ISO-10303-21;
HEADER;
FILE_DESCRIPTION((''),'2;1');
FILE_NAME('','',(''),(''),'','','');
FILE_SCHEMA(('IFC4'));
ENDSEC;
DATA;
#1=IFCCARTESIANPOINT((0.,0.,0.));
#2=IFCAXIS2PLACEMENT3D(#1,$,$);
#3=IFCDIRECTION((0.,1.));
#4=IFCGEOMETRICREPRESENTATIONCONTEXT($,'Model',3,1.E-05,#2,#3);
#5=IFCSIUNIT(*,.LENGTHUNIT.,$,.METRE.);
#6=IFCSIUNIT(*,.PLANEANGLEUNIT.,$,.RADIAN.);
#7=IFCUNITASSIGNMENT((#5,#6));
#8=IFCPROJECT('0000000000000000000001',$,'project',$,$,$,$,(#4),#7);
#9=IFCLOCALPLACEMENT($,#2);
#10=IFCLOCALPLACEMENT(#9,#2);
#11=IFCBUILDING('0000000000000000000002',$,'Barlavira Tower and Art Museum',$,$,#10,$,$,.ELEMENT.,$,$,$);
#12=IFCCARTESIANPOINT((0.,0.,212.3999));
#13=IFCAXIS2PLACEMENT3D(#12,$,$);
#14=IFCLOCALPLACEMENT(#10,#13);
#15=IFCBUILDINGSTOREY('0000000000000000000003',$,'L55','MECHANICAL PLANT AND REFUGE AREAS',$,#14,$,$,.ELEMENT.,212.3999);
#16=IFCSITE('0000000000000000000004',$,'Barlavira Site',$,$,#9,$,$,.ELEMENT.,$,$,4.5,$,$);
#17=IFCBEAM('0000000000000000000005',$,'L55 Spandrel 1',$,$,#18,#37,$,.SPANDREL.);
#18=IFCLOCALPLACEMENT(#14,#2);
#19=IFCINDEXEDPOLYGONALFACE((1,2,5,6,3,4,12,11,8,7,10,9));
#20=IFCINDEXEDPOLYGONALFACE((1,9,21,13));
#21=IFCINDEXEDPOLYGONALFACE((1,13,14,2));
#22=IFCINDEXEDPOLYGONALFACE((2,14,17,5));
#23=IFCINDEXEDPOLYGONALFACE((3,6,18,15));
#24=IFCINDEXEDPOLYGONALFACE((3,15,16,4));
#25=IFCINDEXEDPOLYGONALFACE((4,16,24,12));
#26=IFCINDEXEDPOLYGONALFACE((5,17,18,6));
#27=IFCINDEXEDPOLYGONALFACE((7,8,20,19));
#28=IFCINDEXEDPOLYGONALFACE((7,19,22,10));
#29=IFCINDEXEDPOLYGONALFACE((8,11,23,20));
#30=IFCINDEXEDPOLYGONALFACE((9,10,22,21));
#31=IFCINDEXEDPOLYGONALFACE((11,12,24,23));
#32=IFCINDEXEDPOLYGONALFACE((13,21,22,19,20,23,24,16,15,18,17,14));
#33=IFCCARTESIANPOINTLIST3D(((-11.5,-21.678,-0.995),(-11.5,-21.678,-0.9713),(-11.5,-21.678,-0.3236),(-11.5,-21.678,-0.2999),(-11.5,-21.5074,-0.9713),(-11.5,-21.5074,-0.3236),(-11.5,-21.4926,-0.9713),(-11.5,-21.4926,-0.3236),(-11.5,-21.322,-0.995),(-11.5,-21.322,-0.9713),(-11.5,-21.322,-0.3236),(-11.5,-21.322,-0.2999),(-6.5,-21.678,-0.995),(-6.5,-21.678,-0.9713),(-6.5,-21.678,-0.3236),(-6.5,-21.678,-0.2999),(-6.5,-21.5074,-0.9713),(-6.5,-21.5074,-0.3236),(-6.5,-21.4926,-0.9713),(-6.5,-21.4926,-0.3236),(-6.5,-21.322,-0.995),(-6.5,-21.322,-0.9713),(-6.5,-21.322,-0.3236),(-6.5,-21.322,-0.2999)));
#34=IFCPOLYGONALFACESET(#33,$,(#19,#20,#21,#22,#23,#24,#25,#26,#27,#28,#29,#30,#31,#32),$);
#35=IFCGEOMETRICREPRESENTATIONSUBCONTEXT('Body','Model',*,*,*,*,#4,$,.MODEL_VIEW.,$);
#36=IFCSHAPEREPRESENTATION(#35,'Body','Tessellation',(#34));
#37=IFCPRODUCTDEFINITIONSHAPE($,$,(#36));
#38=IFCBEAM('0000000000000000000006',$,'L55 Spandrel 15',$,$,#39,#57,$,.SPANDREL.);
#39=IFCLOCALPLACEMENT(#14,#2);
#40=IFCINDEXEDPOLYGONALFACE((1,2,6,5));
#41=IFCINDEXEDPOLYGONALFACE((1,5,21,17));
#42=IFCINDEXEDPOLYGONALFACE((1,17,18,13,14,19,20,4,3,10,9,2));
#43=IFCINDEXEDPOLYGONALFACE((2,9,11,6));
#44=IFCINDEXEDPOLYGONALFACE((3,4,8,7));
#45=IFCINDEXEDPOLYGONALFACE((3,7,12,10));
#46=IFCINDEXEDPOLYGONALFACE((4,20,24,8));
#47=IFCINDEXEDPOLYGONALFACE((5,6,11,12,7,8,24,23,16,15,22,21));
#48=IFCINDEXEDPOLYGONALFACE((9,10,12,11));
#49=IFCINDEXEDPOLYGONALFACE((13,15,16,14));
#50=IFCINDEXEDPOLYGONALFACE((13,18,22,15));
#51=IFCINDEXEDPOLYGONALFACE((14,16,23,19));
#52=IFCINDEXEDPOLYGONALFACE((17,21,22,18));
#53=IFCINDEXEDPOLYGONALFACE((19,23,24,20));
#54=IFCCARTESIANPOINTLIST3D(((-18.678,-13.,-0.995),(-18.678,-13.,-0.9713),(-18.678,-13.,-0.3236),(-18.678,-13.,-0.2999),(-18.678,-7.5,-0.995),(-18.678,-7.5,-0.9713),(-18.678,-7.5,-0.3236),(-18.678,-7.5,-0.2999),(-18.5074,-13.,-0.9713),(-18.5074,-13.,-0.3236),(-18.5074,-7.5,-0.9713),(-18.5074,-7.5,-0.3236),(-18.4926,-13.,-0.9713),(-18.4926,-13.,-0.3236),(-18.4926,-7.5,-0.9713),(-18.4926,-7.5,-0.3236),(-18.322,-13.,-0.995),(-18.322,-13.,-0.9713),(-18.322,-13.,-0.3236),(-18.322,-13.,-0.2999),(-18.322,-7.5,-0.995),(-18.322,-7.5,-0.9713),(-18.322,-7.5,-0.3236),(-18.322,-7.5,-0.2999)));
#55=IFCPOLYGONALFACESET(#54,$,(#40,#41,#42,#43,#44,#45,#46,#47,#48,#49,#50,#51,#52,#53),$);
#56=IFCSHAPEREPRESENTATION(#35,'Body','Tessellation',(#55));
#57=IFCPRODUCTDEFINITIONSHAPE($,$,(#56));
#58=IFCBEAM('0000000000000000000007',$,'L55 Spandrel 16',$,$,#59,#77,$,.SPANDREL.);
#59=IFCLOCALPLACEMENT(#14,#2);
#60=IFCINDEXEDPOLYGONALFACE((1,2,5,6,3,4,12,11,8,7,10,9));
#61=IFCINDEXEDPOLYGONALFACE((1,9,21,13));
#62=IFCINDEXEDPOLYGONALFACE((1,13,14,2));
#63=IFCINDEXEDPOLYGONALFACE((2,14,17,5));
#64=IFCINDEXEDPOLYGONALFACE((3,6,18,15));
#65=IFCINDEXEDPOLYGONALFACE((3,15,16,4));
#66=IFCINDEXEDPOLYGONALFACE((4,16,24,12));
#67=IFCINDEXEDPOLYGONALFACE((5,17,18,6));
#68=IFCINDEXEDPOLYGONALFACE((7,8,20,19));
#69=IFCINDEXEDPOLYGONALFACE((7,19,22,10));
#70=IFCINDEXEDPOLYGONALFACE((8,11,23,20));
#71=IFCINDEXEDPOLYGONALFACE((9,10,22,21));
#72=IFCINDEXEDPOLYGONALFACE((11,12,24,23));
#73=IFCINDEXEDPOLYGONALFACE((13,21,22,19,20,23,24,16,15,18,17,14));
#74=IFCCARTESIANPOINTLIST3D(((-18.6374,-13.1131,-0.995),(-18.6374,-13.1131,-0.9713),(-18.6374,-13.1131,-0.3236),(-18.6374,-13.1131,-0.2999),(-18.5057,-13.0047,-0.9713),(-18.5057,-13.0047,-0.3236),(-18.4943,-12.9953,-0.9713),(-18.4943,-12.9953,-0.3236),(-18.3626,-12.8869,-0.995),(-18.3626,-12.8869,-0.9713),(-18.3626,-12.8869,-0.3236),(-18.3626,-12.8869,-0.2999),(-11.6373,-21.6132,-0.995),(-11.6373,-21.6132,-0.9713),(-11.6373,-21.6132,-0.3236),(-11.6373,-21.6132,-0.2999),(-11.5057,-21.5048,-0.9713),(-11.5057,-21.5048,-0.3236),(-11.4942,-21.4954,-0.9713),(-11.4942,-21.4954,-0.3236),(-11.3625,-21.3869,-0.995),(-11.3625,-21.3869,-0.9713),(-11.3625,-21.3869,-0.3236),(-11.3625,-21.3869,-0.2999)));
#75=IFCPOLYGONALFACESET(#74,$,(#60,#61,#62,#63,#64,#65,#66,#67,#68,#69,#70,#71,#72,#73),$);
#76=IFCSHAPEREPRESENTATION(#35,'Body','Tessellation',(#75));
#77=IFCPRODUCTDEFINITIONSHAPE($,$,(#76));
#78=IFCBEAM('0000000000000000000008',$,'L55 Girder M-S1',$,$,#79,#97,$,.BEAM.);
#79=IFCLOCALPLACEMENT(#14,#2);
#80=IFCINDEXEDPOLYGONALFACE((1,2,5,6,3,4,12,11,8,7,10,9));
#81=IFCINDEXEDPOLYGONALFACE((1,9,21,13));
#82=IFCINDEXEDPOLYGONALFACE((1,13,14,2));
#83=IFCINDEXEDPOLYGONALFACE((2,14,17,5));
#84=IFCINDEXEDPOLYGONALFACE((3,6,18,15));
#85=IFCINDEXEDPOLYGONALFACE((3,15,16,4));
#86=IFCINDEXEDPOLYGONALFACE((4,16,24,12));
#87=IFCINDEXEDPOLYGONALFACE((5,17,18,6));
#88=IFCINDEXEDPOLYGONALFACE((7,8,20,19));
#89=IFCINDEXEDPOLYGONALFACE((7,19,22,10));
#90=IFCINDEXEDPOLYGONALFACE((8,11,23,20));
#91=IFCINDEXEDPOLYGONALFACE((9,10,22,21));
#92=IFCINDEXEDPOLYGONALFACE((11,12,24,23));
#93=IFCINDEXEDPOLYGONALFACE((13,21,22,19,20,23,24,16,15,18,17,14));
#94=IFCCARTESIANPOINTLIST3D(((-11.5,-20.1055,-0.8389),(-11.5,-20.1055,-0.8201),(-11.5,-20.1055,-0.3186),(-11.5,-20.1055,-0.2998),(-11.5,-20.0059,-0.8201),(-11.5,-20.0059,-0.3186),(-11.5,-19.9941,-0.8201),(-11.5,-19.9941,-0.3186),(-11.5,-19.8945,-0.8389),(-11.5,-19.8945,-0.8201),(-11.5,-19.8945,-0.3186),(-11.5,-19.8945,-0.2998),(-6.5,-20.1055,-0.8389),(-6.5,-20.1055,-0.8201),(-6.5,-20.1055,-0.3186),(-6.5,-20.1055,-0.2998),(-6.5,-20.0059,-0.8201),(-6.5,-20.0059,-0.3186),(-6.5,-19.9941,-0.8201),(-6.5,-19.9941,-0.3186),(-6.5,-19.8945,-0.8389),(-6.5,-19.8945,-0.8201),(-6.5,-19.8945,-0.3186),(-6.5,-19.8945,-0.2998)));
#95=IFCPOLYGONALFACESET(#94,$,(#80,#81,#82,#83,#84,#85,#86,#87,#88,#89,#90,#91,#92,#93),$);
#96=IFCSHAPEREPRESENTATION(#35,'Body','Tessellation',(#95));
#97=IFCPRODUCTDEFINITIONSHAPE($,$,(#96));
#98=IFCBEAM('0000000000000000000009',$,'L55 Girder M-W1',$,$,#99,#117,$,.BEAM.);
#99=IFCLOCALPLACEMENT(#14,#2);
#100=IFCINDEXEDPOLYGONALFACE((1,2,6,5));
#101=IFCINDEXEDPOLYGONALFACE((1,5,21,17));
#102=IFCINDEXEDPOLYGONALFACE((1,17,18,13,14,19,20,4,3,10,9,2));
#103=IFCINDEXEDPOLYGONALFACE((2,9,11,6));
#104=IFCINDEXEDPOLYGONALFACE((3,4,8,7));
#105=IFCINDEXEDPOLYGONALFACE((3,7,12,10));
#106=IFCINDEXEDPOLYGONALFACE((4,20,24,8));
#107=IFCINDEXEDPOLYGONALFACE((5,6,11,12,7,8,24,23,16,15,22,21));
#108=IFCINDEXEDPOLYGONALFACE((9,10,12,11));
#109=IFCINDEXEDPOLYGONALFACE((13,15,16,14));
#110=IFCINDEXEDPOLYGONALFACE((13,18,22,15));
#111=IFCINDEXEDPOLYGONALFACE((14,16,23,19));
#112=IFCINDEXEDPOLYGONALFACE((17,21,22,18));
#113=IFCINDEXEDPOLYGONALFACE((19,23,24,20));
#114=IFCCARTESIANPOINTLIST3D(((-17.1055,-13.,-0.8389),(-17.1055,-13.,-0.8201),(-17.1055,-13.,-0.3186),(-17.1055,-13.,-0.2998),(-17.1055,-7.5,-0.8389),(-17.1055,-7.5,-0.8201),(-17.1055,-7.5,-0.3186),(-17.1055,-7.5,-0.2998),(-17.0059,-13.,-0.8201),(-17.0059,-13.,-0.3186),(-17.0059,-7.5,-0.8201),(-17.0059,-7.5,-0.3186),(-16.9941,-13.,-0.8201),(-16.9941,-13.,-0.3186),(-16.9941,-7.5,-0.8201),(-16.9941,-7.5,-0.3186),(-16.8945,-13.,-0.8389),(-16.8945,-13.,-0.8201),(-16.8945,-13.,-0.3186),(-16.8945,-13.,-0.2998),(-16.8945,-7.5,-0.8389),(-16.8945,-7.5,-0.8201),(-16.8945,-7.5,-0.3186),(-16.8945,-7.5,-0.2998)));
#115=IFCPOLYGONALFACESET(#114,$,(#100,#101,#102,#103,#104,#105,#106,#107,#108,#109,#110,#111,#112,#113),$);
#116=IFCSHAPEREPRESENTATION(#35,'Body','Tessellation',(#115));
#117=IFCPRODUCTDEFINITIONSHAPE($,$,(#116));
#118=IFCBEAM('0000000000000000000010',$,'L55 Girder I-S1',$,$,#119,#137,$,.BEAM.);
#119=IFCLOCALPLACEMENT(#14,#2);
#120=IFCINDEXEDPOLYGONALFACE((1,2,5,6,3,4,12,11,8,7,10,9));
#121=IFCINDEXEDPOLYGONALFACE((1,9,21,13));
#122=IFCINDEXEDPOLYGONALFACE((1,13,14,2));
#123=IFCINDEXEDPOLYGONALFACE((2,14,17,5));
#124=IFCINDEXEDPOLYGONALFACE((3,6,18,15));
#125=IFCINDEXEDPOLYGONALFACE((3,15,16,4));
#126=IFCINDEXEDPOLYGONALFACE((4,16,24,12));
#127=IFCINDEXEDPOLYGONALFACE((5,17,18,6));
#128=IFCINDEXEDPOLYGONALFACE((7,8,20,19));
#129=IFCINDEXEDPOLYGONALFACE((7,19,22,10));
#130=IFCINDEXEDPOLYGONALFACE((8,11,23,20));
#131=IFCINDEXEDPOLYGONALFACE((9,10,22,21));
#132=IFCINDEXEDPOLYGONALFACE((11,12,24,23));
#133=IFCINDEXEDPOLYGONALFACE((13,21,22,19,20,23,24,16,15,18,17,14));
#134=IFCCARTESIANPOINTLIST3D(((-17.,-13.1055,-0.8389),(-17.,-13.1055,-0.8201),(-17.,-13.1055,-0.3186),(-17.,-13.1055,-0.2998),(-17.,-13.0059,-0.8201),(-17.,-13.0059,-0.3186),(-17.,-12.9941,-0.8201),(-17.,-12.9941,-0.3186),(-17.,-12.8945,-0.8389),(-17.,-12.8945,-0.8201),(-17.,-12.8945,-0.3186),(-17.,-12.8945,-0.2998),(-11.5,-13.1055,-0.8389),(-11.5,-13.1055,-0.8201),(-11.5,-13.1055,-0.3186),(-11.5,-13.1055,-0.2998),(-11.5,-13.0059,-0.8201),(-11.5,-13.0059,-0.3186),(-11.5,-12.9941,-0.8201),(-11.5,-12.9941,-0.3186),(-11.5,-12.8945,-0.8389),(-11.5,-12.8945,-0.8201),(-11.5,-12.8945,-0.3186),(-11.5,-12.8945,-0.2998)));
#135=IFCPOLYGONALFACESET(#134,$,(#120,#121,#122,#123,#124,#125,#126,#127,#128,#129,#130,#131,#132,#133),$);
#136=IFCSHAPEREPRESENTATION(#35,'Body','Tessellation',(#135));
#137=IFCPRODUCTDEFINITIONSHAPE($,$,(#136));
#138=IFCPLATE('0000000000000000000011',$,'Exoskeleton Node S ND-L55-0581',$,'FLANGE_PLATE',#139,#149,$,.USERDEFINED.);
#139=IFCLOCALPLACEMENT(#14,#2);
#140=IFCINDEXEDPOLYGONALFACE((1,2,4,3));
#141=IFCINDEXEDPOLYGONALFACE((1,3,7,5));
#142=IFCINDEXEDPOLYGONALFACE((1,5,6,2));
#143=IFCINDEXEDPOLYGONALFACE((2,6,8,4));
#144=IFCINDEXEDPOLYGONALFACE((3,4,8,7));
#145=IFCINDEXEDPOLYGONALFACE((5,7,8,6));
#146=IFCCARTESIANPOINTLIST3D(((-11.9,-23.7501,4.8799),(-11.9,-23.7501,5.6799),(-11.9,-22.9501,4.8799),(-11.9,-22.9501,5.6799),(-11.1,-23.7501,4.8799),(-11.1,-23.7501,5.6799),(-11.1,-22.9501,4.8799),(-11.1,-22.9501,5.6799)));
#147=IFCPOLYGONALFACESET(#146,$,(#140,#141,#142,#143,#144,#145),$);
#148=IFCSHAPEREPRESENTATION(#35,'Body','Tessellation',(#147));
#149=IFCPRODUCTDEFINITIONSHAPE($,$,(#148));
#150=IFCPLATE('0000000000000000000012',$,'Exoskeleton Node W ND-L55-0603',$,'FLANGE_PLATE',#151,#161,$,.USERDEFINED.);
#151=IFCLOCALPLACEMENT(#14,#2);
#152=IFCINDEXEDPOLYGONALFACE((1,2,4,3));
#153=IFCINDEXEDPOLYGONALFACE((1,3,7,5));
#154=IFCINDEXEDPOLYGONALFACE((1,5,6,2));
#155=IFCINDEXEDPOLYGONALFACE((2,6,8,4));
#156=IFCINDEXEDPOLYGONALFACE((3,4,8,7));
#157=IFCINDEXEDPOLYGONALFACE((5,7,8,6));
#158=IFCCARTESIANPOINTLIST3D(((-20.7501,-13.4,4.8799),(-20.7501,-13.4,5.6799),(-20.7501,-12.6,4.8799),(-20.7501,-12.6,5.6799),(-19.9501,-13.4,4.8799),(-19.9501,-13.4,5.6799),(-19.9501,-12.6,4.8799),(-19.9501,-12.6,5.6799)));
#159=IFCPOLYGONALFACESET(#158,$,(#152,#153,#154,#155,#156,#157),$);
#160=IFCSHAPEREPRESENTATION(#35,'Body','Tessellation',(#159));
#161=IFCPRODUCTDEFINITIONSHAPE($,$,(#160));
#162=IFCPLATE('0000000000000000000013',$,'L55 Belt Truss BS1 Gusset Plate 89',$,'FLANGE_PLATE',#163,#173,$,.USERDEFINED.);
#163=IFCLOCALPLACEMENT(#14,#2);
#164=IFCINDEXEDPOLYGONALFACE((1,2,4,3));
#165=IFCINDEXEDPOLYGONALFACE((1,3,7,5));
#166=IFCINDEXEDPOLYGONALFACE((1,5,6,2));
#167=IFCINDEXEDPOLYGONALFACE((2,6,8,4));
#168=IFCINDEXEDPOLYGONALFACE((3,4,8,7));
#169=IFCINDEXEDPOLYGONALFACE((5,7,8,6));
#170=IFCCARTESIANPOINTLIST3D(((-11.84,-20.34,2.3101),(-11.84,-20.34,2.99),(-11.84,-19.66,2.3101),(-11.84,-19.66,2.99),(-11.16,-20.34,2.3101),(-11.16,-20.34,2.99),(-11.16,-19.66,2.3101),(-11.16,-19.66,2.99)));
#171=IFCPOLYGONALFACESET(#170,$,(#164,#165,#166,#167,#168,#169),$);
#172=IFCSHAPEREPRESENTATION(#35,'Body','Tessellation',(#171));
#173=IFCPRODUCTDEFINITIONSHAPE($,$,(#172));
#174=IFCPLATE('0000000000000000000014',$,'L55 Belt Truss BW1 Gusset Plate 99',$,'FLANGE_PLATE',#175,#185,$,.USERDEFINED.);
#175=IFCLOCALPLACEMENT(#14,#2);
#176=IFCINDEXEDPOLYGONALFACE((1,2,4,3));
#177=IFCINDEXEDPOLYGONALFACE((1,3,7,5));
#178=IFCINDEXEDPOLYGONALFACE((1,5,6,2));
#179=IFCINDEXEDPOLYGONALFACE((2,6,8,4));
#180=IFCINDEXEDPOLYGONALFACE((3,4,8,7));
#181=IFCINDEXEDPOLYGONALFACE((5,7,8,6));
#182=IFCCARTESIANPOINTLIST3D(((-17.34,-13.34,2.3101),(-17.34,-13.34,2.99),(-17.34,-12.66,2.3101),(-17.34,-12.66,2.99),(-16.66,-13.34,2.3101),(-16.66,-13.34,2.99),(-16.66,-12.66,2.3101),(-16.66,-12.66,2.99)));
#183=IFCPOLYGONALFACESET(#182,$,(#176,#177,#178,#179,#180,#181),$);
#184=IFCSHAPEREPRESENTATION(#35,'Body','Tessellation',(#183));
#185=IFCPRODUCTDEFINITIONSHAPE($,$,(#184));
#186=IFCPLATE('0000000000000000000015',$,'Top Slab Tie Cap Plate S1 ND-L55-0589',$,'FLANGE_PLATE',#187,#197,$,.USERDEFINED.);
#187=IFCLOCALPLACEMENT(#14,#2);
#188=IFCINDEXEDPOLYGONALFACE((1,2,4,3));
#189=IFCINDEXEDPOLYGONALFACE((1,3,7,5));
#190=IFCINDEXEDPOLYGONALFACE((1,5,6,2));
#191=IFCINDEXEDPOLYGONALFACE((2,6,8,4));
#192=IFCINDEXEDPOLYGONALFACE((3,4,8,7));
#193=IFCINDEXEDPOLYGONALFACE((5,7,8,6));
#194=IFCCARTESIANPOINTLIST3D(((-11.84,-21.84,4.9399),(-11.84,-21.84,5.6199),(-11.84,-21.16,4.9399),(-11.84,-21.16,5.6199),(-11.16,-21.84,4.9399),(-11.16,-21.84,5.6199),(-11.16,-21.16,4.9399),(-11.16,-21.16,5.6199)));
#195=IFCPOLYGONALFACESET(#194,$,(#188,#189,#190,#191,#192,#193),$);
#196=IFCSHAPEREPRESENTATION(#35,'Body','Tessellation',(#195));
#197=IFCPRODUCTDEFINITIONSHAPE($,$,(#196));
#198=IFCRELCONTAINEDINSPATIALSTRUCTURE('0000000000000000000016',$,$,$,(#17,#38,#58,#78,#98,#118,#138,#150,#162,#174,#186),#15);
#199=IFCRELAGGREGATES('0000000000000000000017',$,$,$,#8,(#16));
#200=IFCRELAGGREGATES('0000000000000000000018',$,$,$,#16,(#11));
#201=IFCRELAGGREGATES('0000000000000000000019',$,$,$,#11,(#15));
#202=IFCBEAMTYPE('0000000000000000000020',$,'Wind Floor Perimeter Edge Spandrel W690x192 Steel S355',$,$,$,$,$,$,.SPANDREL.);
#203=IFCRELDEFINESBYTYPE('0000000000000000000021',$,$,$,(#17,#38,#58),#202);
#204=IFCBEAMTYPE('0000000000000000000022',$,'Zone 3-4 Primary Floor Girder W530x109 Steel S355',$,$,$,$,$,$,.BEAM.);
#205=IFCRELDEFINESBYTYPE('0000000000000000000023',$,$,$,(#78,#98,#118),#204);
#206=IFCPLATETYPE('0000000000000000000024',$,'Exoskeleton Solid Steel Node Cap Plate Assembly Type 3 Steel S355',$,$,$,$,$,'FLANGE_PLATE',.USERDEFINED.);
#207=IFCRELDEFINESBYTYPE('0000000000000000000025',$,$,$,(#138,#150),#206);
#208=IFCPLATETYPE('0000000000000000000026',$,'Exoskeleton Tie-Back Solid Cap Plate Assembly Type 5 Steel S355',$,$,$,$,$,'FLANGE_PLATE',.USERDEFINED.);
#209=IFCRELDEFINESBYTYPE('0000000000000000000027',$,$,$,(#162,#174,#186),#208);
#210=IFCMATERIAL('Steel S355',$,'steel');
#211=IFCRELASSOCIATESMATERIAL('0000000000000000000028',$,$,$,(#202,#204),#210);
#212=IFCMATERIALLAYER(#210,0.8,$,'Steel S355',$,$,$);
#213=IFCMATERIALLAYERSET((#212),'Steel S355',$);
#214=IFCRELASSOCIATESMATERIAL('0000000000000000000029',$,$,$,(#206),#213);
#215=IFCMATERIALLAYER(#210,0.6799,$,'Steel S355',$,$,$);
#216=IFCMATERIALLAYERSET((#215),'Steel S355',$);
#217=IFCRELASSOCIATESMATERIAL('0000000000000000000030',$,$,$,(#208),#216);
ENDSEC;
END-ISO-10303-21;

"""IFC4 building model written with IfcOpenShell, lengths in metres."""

from ifc_helpers import new_model, si_unit, direction, frame, origin, origin_2d, place, context, subcontext, project, spatial, rectangle, i_section, extrude, material, layer, layer_set, material_profile, profile_set, type_object, element, save


model = new_model("IFC4")

# Units and contexts
model_context = context("Model", 3, precision=1e-05, world=origin(), true_north=direction((0.0, 1.0)))
body_context = subcontext(model_context, "Body", "Model", "MODEL_VIEW")
ifc_project = project(units=[si_unit("LENGTHUNIT", "METRE"), si_unit("PLANEANGLEUNIT", "RADIAN")], contexts=[model_context])

# Site, building, storey
site_placement = place(None, origin())
site = spatial("IfcSite", under=ifc_project, at=site_placement, Name="Barlavira Site", CompositionType="ELEMENT", RefElevation=4.5)
building_placement = place(site_placement, origin())
building = spatial("IfcBuilding", under=site, at=building_placement, Name="Barlavira Tower and Art Museum", CompositionType="ELEMENT")
storey_placement = place(building_placement, frame((0.0, 0.0, 212.3999)))
storey = spatial("IfcBuildingStorey", under=building, at=storey_placement, Name="L55", Description="MECHANICAL PLANT AND REFUGE AREAS", CompositionType="ELEMENT", Elevation=212.3999)

# Shared definitions
ifc_material_1 = material(Name="Steel S355", Category="steel")

# Beams
ifc_material_profile_1 = material_profile(ifc_material_1, i_section(OverallWidth=0.356, OverallDepth=0.6951, WebThickness=0.0149, FlangeThickness=0.0237, at=origin_2d()), Name="W690x192.0")
ifc_profile_set_1 = profile_set([ifc_material_profile_1], Name="Steel S355")
beam_type_1 = type_object("IfcBeamType", Name="Wind Floor Perimeter Edge Spandrel W690x192 Steel S355", PredefinedType="SPANDREL", material=ifc_profile_set_1)
beam_1_placement = place(storey_placement, frame((-11.5, -21.5, -0.6475), z_axis=(1.0, 0.0, 0.0), x_axis=(0.0, 1.0, 0.0)))
element("IfcBeam", 1, at=beam_1_placement, inside=storey, type_object=beam_type_1, Name="L55 Spandrel 1", PredefinedType="SPANDREL", context=body_context, shape_type="SweptSolid", body=[
    extrude(i_section(OverallWidth=0.356, OverallDepth=0.6951, WebThickness=0.0149, FlangeThickness=0.0237, at=origin_2d()), origin(), (0.0, 0.0, 1.0), 5.0),
])
beam_2_placement = place(storey_placement, frame((-18.5, -13.0, -0.6475), z_axis=(0.0, 1.0, 0.0), x_axis=(-1.0, 0.0, 0.0)))
element("IfcBeam", 2, at=beam_2_placement, inside=storey, type_object=beam_type_1, Name="L55 Spandrel 15", PredefinedType="SPANDREL", context=body_context, shape_type="SweptSolid", body=[
    extrude(i_section(OverallWidth=0.356, OverallDepth=0.6951, WebThickness=0.0149, FlangeThickness=0.0237, at=origin_2d()), origin(), (0.0, 0.0, 1.0), 5.5),
])
beam_3_placement = place(storey_placement, frame((-18.5, -13.0, -0.6475), z_axis=(0.635707, -0.77193, 0.0), x_axis=(0.77193, 0.635707, 0.0)))
element("IfcBeam", 3, at=beam_3_placement, inside=storey, type_object=beam_type_1, Name="L55 Spandrel 16", PredefinedType="SPANDREL", context=body_context, shape_type="SweptSolid", body=[
    extrude(i_section(OverallWidth=0.356, OverallDepth=0.6951, WebThickness=0.0149, FlangeThickness=0.0237, at=origin_2d()), origin(), (0.0, 0.0, 1.0), 11.0115),
])
ifc_material_profile_2 = material_profile(ifc_material_1, i_section(OverallWidth=0.2109, OverallDepth=0.5391, WebThickness=0.0117, FlangeThickness=0.0188, at=origin_2d()), Name="W530x109.0")
ifc_profile_set_2 = profile_set([ifc_material_profile_2], Name="Steel S355")
beam_type_2 = type_object("IfcBeamType", Name="Zone 3-4 Primary Floor Girder W530x109 Steel S355", PredefinedType="BEAM", material=ifc_profile_set_2)
beam_4_placement = place(storey_placement, frame((-11.5, -20.0, -0.5693), z_axis=(1.0, 0.0, 0.0), x_axis=(0.0, 1.0, 0.0)))
element("IfcBeam", 4, at=beam_4_placement, inside=storey, type_object=beam_type_2, Name="L55 Girder M-S1", PredefinedType="BEAM", context=body_context, shape_type="SweptSolid", body=[
    extrude(i_section(OverallWidth=0.2109, OverallDepth=0.5391, WebThickness=0.0117, FlangeThickness=0.0188, at=origin_2d()), origin(), (0.0, 0.0, 1.0), 5.0),
])
for number, where, z_axis, x_axis, name in (
    (5, (-17.0, -13.0, -0.5693), (0.0, 1.0, 0.0), (-1.0, 0.0, 0.0), "L55 Girder M-W1"),
    (6, (-17.0, -13.0, -0.5693), (1.0, 0.0, 0.0), (0.0, 1.0, 0.0), "L55 Girder I-S1"),
):
    element("IfcBeam", number, at=place(storey_placement, frame(where, z_axis=z_axis, x_axis=x_axis)), inside=storey, type_object=beam_type_2, Name=name, PredefinedType="BEAM", context=body_context, shape_type="SweptSolid", body=[
        extrude(i_section(OverallWidth=0.2109, OverallDepth=0.5391, WebThickness=0.0117, FlangeThickness=0.0188, at=origin_2d()), origin(), (0.0, 0.0, 1.0), 5.5),
    ])

# Plates
ifc_layer_1 = layer(ifc_material_1, 0.8, Name="Steel S355")
ifc_layer_set_1 = layer_set([ifc_layer_1], Name="Steel S355")
plate_type_1 = type_object("IfcPlateType", Name="Exoskeleton Solid Steel Node Cap Plate Assembly Type 3 Steel S355", ElementType="FLANGE_PLATE", PredefinedType="USERDEFINED", material=ifc_layer_set_1)
for number, where, z_axis, x_axis, name in (
    (7, (-11.5, -23.3501, 4.8799), (0.0, 0.0, 1.0), (1.0, 0.0, 0.0), "Exoskeleton Node S ND-L55-0581"),
    (8, (-20.3501, -13.0, 4.8799), (0.0, 0.0, 1.0), (1.0, 0.0, 0.0), "Exoskeleton Node W ND-L55-0603"),
):
    element("IfcPlate", number, at=place(storey_placement, frame(where, z_axis=z_axis, x_axis=x_axis)), inside=storey, type_object=plate_type_1, Name=name, ObjectType="FLANGE_PLATE", PredefinedType="USERDEFINED", context=body_context, shape_type="SweptSolid", body=[
        extrude(rectangle(XDim=0.8, YDim=0.8, at=origin_2d()), origin(), (0.0, 0.0, 1.0), 0.8),
    ])
ifc_layer_2 = layer(ifc_material_1, 0.6799, Name="Steel S355")
ifc_layer_set_2 = layer_set([ifc_layer_2], Name="Steel S355")
plate_type_2 = type_object("IfcPlateType", Name="Exoskeleton Tie-Back Solid Cap Plate Assembly Type 5 Steel S355", ElementType="FLANGE_PLATE", PredefinedType="USERDEFINED", material=ifc_layer_set_2)
for number, where, z_axis, x_axis, name in (
    (9, (-11.5, -20.0, 2.3101), (0.0, 0.0, 1.0), (1.0, 0.0, 0.0), "L55 Belt Truss BS1 Gusset Plate 89"),
    (10, (-17.0, -13.0, 2.3101), (0.0, 0.0, 1.0), (1.0, 0.0, 0.0), "L55 Belt Truss BW1 Gusset Plate 99"),
    (11, (-11.5, -21.5, 4.9399), (0.0, 0.0, 1.0), (1.0, 0.0, 0.0), "Top Slab Tie Cap Plate S1 ND-L55-0589"),
):
    element("IfcPlate", number, at=place(storey_placement, frame(where, z_axis=z_axis, x_axis=x_axis)), inside=storey, type_object=plate_type_2, Name=name, ObjectType="FLANGE_PLATE", PredefinedType="USERDEFINED", context=body_context, shape_type="SweptSolid", body=[
        extrude(rectangle(XDim=0.6799, YDim=0.6799, at=origin_2d()), origin(), (0.0, 0.0, 1.0), 0.6799),
    ])

save(model, "model.ifc")
